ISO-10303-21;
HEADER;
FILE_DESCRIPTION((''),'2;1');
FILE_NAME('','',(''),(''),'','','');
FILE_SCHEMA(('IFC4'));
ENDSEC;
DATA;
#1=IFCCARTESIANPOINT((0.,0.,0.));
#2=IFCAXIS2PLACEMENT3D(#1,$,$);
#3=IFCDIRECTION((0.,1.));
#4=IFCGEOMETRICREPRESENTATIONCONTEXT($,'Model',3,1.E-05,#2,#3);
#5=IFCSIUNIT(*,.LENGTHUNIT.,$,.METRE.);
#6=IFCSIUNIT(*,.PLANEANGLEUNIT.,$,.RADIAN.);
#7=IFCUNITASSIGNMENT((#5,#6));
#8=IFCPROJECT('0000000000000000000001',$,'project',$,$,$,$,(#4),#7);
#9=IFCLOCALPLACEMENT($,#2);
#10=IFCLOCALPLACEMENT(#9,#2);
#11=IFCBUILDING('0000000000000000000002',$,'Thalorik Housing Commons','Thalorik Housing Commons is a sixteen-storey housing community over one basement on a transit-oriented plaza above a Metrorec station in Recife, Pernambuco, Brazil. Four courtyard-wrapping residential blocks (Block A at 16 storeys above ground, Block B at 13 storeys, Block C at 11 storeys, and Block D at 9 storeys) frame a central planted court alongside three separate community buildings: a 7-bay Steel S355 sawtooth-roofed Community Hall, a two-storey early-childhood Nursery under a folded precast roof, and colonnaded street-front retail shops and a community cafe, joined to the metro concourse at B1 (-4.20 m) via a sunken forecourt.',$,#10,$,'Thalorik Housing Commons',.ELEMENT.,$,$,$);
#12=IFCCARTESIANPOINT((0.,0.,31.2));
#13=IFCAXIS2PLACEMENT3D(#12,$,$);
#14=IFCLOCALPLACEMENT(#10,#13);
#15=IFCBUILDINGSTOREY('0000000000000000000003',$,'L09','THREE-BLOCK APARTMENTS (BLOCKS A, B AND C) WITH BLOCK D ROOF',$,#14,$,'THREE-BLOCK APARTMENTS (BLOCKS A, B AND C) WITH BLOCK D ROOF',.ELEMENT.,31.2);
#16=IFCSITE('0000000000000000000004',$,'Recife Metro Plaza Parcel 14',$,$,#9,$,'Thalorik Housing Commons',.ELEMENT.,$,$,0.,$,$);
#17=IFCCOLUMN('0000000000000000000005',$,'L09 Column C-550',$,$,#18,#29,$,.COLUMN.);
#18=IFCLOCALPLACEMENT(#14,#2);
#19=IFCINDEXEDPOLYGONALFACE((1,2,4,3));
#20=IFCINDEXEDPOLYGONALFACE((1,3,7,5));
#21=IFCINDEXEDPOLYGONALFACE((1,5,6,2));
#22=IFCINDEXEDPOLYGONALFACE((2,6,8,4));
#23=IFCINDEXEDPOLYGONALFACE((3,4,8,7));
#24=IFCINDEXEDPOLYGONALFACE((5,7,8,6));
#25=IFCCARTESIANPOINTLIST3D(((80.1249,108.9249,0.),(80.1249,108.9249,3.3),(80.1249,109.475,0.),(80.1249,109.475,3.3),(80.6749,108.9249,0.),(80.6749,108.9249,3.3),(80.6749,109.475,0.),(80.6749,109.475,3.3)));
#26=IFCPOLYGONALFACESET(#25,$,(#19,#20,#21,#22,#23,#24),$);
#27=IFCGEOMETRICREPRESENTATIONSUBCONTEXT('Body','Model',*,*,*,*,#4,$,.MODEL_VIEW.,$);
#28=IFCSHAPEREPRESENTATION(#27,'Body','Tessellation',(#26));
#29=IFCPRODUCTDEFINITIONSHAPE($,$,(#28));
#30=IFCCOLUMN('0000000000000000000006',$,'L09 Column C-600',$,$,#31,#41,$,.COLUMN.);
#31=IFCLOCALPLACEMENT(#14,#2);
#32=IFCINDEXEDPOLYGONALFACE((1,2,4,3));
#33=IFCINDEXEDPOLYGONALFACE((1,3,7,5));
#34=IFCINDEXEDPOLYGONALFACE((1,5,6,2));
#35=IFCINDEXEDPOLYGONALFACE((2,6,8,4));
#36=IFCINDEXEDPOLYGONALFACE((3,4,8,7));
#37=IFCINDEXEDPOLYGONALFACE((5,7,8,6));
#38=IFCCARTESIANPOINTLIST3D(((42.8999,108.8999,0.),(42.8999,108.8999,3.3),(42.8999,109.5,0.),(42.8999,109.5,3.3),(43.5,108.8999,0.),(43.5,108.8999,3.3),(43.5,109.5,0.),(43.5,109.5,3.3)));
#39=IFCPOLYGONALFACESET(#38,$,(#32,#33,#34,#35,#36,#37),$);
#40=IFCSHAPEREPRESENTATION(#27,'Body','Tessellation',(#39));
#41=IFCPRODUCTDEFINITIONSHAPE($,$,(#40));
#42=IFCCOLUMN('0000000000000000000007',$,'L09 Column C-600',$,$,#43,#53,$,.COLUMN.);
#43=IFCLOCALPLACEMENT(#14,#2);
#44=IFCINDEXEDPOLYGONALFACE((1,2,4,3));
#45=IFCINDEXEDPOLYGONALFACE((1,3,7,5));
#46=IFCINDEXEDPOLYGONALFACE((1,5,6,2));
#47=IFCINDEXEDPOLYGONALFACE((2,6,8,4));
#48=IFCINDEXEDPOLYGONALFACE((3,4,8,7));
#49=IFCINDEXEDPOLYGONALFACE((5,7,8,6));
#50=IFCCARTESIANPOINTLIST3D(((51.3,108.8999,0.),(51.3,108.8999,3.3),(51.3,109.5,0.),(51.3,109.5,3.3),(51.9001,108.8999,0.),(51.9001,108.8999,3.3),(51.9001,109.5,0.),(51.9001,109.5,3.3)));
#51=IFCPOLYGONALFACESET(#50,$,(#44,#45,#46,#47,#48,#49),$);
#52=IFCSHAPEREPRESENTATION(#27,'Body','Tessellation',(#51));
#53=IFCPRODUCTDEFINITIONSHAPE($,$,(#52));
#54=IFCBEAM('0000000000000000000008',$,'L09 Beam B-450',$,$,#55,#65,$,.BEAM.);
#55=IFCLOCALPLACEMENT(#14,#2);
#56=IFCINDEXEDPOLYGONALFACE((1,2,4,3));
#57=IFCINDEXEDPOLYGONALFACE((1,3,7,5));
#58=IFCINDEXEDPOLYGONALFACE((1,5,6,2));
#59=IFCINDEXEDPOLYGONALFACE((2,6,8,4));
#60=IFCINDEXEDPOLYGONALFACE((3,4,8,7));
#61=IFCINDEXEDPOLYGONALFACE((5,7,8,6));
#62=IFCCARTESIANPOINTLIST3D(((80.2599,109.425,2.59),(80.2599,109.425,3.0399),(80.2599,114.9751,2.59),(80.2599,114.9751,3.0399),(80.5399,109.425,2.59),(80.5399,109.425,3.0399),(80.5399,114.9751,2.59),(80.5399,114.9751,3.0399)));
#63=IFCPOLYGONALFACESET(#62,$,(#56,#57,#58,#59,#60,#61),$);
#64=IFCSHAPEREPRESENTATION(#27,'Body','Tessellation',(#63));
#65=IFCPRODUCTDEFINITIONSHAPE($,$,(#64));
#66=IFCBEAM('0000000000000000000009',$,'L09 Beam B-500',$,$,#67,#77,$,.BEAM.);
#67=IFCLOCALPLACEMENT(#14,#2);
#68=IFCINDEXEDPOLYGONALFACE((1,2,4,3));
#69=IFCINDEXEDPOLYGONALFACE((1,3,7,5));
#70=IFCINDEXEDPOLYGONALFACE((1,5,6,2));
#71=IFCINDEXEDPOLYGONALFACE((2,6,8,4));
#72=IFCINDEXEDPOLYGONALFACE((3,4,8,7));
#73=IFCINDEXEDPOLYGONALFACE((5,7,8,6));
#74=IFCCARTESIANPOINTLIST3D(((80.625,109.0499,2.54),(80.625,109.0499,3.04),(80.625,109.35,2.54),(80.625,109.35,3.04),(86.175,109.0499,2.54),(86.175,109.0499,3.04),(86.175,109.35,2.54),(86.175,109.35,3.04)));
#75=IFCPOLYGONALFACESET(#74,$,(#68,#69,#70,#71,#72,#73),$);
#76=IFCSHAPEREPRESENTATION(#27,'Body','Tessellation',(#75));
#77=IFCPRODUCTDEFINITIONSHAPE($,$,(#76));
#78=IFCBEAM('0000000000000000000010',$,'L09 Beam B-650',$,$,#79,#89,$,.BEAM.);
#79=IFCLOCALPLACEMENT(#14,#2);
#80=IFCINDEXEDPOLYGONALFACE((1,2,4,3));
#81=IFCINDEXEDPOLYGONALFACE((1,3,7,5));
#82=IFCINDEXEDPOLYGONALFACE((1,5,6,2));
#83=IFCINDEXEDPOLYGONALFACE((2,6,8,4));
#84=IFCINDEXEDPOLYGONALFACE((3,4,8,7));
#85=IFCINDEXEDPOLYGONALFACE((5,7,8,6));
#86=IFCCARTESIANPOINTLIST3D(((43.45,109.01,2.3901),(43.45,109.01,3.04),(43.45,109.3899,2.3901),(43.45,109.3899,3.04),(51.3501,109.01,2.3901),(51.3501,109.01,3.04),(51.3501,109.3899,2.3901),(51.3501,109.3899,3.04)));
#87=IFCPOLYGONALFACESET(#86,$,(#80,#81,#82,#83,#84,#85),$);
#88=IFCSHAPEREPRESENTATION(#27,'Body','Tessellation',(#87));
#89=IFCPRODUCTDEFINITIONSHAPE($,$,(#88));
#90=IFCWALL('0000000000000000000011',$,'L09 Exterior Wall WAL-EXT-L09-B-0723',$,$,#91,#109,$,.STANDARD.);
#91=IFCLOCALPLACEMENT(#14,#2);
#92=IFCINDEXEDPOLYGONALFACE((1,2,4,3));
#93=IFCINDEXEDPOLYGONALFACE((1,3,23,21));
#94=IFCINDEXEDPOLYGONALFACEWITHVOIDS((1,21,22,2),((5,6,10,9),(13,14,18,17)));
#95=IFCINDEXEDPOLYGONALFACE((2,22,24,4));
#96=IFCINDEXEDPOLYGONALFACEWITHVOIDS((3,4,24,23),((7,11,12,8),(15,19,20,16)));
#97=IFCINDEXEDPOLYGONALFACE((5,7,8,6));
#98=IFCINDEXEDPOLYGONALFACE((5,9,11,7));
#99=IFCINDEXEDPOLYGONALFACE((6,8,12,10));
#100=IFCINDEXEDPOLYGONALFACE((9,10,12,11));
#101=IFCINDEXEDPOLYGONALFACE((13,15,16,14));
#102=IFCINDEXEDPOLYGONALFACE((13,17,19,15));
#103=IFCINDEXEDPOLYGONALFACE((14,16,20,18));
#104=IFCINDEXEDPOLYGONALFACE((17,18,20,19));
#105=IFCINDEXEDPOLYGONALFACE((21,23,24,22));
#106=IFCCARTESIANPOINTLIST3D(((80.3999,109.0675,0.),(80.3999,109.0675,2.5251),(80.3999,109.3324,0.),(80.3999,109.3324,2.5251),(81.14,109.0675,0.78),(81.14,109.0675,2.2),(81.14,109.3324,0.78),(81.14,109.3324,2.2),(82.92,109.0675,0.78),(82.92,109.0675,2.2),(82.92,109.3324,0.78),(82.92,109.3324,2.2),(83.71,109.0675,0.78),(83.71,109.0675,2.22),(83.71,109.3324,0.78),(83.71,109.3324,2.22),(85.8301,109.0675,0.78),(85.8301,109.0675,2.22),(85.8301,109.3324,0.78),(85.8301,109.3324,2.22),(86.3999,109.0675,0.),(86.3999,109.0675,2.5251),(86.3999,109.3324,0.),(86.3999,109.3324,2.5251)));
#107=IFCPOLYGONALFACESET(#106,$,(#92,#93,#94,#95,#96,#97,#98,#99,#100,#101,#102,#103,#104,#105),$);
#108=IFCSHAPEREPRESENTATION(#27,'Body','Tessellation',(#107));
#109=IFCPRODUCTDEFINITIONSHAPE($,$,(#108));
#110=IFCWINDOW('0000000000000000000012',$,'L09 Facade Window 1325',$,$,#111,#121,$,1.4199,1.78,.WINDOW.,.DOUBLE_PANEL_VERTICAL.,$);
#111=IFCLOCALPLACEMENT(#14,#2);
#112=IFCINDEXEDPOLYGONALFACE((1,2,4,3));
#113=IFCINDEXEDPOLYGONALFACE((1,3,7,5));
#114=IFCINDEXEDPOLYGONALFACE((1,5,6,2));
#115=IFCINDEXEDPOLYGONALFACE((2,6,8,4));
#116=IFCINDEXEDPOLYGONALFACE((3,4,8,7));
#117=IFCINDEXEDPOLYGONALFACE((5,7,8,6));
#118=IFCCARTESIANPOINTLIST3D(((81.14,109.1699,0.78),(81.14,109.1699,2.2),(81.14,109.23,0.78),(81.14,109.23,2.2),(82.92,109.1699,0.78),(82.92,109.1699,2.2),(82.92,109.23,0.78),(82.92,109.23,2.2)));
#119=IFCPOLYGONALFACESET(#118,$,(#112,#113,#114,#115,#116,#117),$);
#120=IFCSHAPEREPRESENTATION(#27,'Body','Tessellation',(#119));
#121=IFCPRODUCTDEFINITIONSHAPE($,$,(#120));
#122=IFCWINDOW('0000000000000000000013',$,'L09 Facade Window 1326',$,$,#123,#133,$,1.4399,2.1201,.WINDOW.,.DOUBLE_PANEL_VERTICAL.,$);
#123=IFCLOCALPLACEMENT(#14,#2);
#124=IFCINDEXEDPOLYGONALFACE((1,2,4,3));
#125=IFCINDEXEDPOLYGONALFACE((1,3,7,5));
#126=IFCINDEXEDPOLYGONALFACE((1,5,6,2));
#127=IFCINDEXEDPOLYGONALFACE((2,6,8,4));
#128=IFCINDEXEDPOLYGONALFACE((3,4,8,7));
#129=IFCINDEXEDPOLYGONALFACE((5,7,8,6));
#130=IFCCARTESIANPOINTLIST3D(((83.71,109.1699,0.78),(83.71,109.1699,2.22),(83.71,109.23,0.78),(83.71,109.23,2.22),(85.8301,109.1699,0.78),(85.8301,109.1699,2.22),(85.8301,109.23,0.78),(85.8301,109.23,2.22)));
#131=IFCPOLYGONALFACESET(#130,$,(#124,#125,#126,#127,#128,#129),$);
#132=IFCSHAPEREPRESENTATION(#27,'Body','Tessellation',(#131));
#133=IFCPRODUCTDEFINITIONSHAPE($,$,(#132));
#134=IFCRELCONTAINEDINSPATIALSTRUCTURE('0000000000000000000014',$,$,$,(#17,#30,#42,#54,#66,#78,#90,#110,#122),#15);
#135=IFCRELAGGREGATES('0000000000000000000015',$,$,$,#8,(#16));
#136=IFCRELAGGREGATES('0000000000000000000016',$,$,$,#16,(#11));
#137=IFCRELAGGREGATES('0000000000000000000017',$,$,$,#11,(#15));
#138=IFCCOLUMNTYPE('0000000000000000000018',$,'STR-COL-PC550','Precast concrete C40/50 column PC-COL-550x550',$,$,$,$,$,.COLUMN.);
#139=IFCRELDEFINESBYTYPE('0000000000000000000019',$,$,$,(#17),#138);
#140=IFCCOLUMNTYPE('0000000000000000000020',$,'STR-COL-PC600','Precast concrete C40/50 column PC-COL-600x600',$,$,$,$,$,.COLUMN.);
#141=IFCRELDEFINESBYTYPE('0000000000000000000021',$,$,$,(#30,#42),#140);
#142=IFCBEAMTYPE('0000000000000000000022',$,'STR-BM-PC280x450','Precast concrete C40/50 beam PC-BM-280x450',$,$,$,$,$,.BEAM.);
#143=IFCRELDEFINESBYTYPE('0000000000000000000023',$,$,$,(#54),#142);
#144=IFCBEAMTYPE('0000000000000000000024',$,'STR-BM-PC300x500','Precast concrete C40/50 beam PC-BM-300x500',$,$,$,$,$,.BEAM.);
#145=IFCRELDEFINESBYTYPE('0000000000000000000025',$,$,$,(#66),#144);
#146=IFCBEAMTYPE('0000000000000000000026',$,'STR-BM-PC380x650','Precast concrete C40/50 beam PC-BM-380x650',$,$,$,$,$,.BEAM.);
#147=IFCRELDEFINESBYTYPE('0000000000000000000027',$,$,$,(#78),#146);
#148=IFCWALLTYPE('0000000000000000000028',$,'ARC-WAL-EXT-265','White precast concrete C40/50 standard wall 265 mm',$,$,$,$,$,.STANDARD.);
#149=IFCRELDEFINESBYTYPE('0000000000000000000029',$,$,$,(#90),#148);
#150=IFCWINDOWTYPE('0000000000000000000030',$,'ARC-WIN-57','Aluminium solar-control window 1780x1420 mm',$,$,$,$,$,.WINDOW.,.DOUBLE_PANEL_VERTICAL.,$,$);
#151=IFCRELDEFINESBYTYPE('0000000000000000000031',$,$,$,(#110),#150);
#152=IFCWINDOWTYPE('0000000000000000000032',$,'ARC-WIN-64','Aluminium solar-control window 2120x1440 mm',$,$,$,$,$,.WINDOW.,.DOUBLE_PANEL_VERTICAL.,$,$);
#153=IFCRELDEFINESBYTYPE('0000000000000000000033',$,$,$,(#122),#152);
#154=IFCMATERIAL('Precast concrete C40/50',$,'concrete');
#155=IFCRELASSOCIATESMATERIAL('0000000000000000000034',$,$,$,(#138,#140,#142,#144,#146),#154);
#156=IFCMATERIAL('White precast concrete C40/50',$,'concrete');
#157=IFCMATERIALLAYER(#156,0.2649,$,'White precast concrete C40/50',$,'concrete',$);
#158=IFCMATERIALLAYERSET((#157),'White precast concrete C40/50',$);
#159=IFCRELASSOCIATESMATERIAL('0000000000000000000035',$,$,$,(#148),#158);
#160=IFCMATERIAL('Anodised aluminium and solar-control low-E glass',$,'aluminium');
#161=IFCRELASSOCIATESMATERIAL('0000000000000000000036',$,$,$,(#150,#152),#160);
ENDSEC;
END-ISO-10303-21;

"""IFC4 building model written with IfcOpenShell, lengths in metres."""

from ifc_helpers import new_model, si_unit, direction, frame, frame_2d, origin, origin_2d, place, context, subcontext, project, spatial, rectangle, extrude, material, layer, layer_set, material_profile, profile_set, type_object, element, fill, save


model = new_model("IFC4")

# Units and contexts
model_context = context("Model", 3, precision=1e-05, world=origin(), true_north=direction((0.0, 1.0)))
body_context = subcontext(model_context, "Body", "Model", "MODEL_VIEW")
ifc_project = project(units=[si_unit("LENGTHUNIT", "METRE"), si_unit("PLANEANGLEUNIT", "RADIAN")], contexts=[model_context])

# Site, building, storey
site_placement = place(None, origin())
site = spatial("IfcSite", under=ifc_project, at=site_placement, Name="Recife Metro Plaza Parcel 14", LongName="Thalorik Housing Commons", CompositionType="ELEMENT", RefElevation=0.0)
building_placement = place(site_placement, origin())
building = spatial("IfcBuilding", under=site, at=building_placement, Name="Thalorik Housing Commons", Description="Thalorik Housing Commons is a sixteen-storey housing community over one basement on a transit-oriented plaza above a Metrorec station in Recife, Pernambuco, Brazil. Four courtyard-wrapping residential blocks (Block A at 16 storeys above ground, Block B at 13 storeys, Block C at 11 storeys, and Block D at 9 storeys) frame a central planted court alongside three separate community buildings: a 7-bay Steel S355 sawtooth-roofed Community Hall, a two-storey early-childhood Nursery under a folded precast roof, and colonnaded street-front retail shops and a community cafe, joined to the metro concourse at B1 (-4.20 m) via a sunken forecourt.", LongName="Thalorik Housing Commons", CompositionType="ELEMENT")
storey_placement = place(building_placement, frame((0.0, 0.0, 31.2)))
storey = spatial("IfcBuildingStorey", under=building, at=storey_placement, Name="L09", Description="THREE-BLOCK APARTMENTS (BLOCKS A, B AND C) WITH BLOCK D ROOF", LongName="THREE-BLOCK APARTMENTS (BLOCKS A, B AND C) WITH BLOCK D ROOF", CompositionType="ELEMENT", Elevation=31.2)

# Columns
ifc_material_1 = material(Name="Precast concrete C40/50", Category="concrete")
ifc_material_profile_1 = material_profile(ifc_material_1, rectangle(XDim=0.55, YDim=0.55, at=origin_2d()), Name="PC 550x550", Category="concrete")
ifc_profile_set_1 = profile_set([ifc_material_profile_1], Name="Precast concrete C40/50")
column_type_1 = type_object("IfcColumnType", Name="STR-COL-PC550", Description="Precast concrete C40/50 column PC-COL-550x550", PredefinedType="COLUMN", material=ifc_profile_set_1)
column_placement = place(storey_placement, frame((80.3999, 109.2, 0.0), z_axis=(0.0, 0.0, 1.0), x_axis=(1.0, 0.0, 0.0)))
element("IfcColumn", 1, at=column_placement, inside=storey, type_object=column_type_1, Name="L09 Column C-550", PredefinedType="COLUMN", context=body_context, shape_type="SweptSolid", body=[
    extrude(rectangle(XDim=0.55, YDim=0.55, at=origin_2d()), origin(), (0.0, 0.0, 1.0), 3.3),
])
ifc_material_profile_2 = material_profile(ifc_material_1, rectangle(XDim=0.6001, YDim=0.6001, at=origin_2d()), Name="PC 600x600", Category="concrete")
ifc_profile_set_2 = profile_set([ifc_material_profile_2], Name="Precast concrete C40/50")
column_type_2 = type_object("IfcColumnType", Name="STR-COL-PC600", Description="Precast concrete C40/50 column PC-COL-600x600", PredefinedType="COLUMN", material=ifc_profile_set_2)
for number, where, z_axis, x_axis, name in (
    (2, (43.2, 109.2, 0.0), (0.0, 0.0, 1.0), (1.0, 0.0, 0.0), "L09 Column C-600"),
    (3, (51.6001, 109.2, 0.0), (0.0, 0.0, 1.0), (1.0, 0.0, 0.0), "L09 Column C-600"),
):
    element("IfcColumn", number, at=place(storey_placement, frame(where, z_axis=z_axis, x_axis=x_axis)), inside=storey, type_object=column_type_2, Name=name, PredefinedType="COLUMN", context=body_context, shape_type="SweptSolid", body=[
        extrude(rectangle(XDim=0.6001, YDim=0.6001, at=origin_2d()), origin(), (0.0, 0.0, 1.0), 3.3),
    ])

# Beams
ifc_material_profile_3 = material_profile(ifc_material_1, rectangle(XDim=0.28, YDim=0.45, at=origin_2d()), Name="PC 280x450", Category="concrete")
ifc_profile_set_3 = profile_set([ifc_material_profile_3], Name="Precast concrete C40/50")
beam_type_1 = type_object("IfcBeamType", Name="STR-BM-PC280x450", Description="Precast concrete C40/50 beam PC-BM-280x450", PredefinedType="BEAM", material=ifc_profile_set_3)
beam_1_placement = place(storey_placement, frame((80.3999, 109.425, 2.8149), z_axis=(0.0, 1.0, 0.0), x_axis=(-1.0, 0.0, 0.0)))
element("IfcBeam", 4, at=beam_1_placement, inside=storey, type_object=beam_type_1, Name="L09 Beam B-450", PredefinedType="BEAM", context=body_context, shape_type="SweptSolid", body=[
    extrude(rectangle(XDim=0.28, YDim=0.45, at=origin_2d()), origin(), (0.0, 0.0, 1.0), 5.55),
])
ifc_material_profile_4 = material_profile(ifc_material_1, rectangle(XDim=0.3, YDim=0.5, at=origin_2d()), Name="PC 300x500", Category="concrete")
ifc_profile_set_4 = profile_set([ifc_material_profile_4], Name="Precast concrete C40/50")
beam_type_2 = type_object("IfcBeamType", Name="STR-BM-PC300x500", Description="Precast concrete C40/50 beam PC-BM-300x500", PredefinedType="BEAM", material=ifc_profile_set_4)
beam_2_placement = place(storey_placement, frame((80.625, 109.2, 2.79), z_axis=(1.0, 0.0, 0.0), x_axis=(0.0, 1.0, 0.0)))
element("IfcBeam", 5, at=beam_2_placement, inside=storey, type_object=beam_type_2, Name="L09 Beam B-500", PredefinedType="BEAM", context=body_context, shape_type="SweptSolid", body=[
    extrude(rectangle(XDim=0.3, YDim=0.5, at=origin_2d()), origin(), (0.0, 0.0, 1.0), 5.55),
])
ifc_material_profile_5 = material_profile(ifc_material_1, rectangle(XDim=0.3799, YDim=0.6499, at=origin_2d()), Name="PC 380x650", Category="concrete")
ifc_profile_set_5 = profile_set([ifc_material_profile_5], Name="Precast concrete C40/50")
beam_type_3 = type_object("IfcBeamType", Name="STR-BM-PC380x650", Description="Precast concrete C40/50 beam PC-BM-380x650", PredefinedType="BEAM", material=ifc_profile_set_5)
beam_3_placement = place(storey_placement, frame((43.45, 109.2, 2.7151), z_axis=(1.0, 0.0, 0.0), x_axis=(0.0, 1.0, 0.0)))
element("IfcBeam", 6, at=beam_3_placement, inside=storey, type_object=beam_type_3, Name="L09 Beam B-650", PredefinedType="BEAM", context=body_context, shape_type="SweptSolid", body=[
    extrude(rectangle(XDim=0.3799, YDim=0.6499, at=origin_2d()), origin(), (0.0, 0.0, 1.0), 7.9001),
])

# Wall, openings, windows
ifc_material_2 = material(Name="White precast concrete C40/50", Category="concrete")
ifc_layer_1 = layer(ifc_material_2, 0.2649, Name="White precast concrete C40/50", Category="concrete")
ifc_layer_set_1 = layer_set([ifc_layer_1], Name="White precast concrete C40/50")
wall_type_1 = type_object("IfcWallType", Name="ARC-WAL-EXT-265", Description="White precast concrete C40/50 standard wall 265 mm", PredefinedType="STANDARD", material=ifc_layer_set_1)
wall_1_placement = place(storey_placement, frame((80.3999, 109.2, 0.0), z_axis=(0.0, 0.0, 1.0), x_axis=(1.0, 0.0, 0.0)))
wall_1 = element("IfcWall", 7, at=wall_1_placement, inside=storey, type_object=wall_type_1, Name="L09 Exterior Wall WAL-EXT-L09-B-0723", PredefinedType="STANDARD", context=body_context, shape_type="SweptSolid", body=[
    extrude(rectangle(XDim=6.0, YDim=0.2649, at=frame_2d((3.0, 0.0))), origin(), (0.0, 0.0, 1.0), 2.5251),
])
opening_1_placement = place(wall_1_placement, frame((0.74, 0.0, 0.78)))
opening_1 = element("IfcOpeningElement", 8, at=opening_1_placement, cuts=wall_1, PredefinedType="OPENING", context=body_context, shape_type="SweptSolid", body=[
    extrude(rectangle(XDim=1.78, YDim=1.4199, at=frame_2d((0.8901, 0.71))), frame((0.0, 0.1426, 0.0), z_axis=(0.0, -1.0, 0.0), x_axis=(1.0, 0.0, 0.0)), (0.0, 0.0, 1.0), 0.2849),
])
opening_2_placement = place(wall_1_placement, frame((3.3101, 0.0, 0.78)))
opening_2 = element("IfcOpeningElement", 9, at=opening_2_placement, cuts=wall_1, PredefinedType="OPENING", context=body_context, shape_type="SweptSolid", body=[
    extrude(rectangle(XDim=2.1201, YDim=1.4399, at=frame_2d((1.0601, 0.72))), frame((0.0, 0.1426, 0.0), z_axis=(0.0, -1.0, 0.0), x_axis=(1.0, 0.0, 0.0)), (0.0, 0.0, 1.0), 0.2849),
])
ifc_material_3 = material(Name="Anodised aluminium and solar-control low-E glass", Category="aluminium")
window_type_1 = type_object("IfcWindowType", Name="ARC-WIN-57", Description="Aluminium solar-control window 1780x1420 mm", PartitioningType="DOUBLE_PANEL_VERTICAL", PredefinedType="WINDOW", material=ifc_material_3)
window_1_placement = place(opening_1_placement, origin())
window_1 = element("IfcWindow", 10, at=window_1_placement, inside=storey, type_object=window_type_1, Name="L09 Facade Window 1325", OverallHeight=1.4199, OverallWidth=1.78, PartitioningType="DOUBLE_PANEL_VERTICAL", PredefinedType="WINDOW", context=body_context, shape_type="SweptSolid", body=[
    extrude(rectangle(XDim=1.78, YDim=1.4199, at=frame_2d((0.8901, 0.71))), frame((0.0, 0.03, 0.0), z_axis=(0.0, -1.0, 0.0), x_axis=(1.0, 0.0, 0.0)), (0.0, 0.0, 1.0), 0.0601),
])
fill(opening_1, window_1)
window_type_2 = type_object("IfcWindowType", Name="ARC-WIN-64", Description="Aluminium solar-control window 2120x1440 mm", PartitioningType="DOUBLE_PANEL_VERTICAL", PredefinedType="WINDOW", material=ifc_material_3)
window_2_placement = place(opening_2_placement, origin())
window_2 = element("IfcWindow", 11, at=window_2_placement, inside=storey, type_object=window_type_2, Name="L09 Facade Window 1326", OverallHeight=1.4399, OverallWidth=2.1201, PartitioningType="DOUBLE_PANEL_VERTICAL", PredefinedType="WINDOW", context=body_context, shape_type="SweptSolid", body=[
    extrude(rectangle(XDim=2.1201, YDim=1.4399, at=frame_2d((1.0601, 0.72))), frame((0.0, 0.03, 0.0), z_axis=(0.0, -1.0, 0.0), x_axis=(1.0, 0.0, 0.0)), (0.0, 0.0, 1.0), 0.0601),
])
fill(opening_2, window_2)

save(model, "model.ifc")
